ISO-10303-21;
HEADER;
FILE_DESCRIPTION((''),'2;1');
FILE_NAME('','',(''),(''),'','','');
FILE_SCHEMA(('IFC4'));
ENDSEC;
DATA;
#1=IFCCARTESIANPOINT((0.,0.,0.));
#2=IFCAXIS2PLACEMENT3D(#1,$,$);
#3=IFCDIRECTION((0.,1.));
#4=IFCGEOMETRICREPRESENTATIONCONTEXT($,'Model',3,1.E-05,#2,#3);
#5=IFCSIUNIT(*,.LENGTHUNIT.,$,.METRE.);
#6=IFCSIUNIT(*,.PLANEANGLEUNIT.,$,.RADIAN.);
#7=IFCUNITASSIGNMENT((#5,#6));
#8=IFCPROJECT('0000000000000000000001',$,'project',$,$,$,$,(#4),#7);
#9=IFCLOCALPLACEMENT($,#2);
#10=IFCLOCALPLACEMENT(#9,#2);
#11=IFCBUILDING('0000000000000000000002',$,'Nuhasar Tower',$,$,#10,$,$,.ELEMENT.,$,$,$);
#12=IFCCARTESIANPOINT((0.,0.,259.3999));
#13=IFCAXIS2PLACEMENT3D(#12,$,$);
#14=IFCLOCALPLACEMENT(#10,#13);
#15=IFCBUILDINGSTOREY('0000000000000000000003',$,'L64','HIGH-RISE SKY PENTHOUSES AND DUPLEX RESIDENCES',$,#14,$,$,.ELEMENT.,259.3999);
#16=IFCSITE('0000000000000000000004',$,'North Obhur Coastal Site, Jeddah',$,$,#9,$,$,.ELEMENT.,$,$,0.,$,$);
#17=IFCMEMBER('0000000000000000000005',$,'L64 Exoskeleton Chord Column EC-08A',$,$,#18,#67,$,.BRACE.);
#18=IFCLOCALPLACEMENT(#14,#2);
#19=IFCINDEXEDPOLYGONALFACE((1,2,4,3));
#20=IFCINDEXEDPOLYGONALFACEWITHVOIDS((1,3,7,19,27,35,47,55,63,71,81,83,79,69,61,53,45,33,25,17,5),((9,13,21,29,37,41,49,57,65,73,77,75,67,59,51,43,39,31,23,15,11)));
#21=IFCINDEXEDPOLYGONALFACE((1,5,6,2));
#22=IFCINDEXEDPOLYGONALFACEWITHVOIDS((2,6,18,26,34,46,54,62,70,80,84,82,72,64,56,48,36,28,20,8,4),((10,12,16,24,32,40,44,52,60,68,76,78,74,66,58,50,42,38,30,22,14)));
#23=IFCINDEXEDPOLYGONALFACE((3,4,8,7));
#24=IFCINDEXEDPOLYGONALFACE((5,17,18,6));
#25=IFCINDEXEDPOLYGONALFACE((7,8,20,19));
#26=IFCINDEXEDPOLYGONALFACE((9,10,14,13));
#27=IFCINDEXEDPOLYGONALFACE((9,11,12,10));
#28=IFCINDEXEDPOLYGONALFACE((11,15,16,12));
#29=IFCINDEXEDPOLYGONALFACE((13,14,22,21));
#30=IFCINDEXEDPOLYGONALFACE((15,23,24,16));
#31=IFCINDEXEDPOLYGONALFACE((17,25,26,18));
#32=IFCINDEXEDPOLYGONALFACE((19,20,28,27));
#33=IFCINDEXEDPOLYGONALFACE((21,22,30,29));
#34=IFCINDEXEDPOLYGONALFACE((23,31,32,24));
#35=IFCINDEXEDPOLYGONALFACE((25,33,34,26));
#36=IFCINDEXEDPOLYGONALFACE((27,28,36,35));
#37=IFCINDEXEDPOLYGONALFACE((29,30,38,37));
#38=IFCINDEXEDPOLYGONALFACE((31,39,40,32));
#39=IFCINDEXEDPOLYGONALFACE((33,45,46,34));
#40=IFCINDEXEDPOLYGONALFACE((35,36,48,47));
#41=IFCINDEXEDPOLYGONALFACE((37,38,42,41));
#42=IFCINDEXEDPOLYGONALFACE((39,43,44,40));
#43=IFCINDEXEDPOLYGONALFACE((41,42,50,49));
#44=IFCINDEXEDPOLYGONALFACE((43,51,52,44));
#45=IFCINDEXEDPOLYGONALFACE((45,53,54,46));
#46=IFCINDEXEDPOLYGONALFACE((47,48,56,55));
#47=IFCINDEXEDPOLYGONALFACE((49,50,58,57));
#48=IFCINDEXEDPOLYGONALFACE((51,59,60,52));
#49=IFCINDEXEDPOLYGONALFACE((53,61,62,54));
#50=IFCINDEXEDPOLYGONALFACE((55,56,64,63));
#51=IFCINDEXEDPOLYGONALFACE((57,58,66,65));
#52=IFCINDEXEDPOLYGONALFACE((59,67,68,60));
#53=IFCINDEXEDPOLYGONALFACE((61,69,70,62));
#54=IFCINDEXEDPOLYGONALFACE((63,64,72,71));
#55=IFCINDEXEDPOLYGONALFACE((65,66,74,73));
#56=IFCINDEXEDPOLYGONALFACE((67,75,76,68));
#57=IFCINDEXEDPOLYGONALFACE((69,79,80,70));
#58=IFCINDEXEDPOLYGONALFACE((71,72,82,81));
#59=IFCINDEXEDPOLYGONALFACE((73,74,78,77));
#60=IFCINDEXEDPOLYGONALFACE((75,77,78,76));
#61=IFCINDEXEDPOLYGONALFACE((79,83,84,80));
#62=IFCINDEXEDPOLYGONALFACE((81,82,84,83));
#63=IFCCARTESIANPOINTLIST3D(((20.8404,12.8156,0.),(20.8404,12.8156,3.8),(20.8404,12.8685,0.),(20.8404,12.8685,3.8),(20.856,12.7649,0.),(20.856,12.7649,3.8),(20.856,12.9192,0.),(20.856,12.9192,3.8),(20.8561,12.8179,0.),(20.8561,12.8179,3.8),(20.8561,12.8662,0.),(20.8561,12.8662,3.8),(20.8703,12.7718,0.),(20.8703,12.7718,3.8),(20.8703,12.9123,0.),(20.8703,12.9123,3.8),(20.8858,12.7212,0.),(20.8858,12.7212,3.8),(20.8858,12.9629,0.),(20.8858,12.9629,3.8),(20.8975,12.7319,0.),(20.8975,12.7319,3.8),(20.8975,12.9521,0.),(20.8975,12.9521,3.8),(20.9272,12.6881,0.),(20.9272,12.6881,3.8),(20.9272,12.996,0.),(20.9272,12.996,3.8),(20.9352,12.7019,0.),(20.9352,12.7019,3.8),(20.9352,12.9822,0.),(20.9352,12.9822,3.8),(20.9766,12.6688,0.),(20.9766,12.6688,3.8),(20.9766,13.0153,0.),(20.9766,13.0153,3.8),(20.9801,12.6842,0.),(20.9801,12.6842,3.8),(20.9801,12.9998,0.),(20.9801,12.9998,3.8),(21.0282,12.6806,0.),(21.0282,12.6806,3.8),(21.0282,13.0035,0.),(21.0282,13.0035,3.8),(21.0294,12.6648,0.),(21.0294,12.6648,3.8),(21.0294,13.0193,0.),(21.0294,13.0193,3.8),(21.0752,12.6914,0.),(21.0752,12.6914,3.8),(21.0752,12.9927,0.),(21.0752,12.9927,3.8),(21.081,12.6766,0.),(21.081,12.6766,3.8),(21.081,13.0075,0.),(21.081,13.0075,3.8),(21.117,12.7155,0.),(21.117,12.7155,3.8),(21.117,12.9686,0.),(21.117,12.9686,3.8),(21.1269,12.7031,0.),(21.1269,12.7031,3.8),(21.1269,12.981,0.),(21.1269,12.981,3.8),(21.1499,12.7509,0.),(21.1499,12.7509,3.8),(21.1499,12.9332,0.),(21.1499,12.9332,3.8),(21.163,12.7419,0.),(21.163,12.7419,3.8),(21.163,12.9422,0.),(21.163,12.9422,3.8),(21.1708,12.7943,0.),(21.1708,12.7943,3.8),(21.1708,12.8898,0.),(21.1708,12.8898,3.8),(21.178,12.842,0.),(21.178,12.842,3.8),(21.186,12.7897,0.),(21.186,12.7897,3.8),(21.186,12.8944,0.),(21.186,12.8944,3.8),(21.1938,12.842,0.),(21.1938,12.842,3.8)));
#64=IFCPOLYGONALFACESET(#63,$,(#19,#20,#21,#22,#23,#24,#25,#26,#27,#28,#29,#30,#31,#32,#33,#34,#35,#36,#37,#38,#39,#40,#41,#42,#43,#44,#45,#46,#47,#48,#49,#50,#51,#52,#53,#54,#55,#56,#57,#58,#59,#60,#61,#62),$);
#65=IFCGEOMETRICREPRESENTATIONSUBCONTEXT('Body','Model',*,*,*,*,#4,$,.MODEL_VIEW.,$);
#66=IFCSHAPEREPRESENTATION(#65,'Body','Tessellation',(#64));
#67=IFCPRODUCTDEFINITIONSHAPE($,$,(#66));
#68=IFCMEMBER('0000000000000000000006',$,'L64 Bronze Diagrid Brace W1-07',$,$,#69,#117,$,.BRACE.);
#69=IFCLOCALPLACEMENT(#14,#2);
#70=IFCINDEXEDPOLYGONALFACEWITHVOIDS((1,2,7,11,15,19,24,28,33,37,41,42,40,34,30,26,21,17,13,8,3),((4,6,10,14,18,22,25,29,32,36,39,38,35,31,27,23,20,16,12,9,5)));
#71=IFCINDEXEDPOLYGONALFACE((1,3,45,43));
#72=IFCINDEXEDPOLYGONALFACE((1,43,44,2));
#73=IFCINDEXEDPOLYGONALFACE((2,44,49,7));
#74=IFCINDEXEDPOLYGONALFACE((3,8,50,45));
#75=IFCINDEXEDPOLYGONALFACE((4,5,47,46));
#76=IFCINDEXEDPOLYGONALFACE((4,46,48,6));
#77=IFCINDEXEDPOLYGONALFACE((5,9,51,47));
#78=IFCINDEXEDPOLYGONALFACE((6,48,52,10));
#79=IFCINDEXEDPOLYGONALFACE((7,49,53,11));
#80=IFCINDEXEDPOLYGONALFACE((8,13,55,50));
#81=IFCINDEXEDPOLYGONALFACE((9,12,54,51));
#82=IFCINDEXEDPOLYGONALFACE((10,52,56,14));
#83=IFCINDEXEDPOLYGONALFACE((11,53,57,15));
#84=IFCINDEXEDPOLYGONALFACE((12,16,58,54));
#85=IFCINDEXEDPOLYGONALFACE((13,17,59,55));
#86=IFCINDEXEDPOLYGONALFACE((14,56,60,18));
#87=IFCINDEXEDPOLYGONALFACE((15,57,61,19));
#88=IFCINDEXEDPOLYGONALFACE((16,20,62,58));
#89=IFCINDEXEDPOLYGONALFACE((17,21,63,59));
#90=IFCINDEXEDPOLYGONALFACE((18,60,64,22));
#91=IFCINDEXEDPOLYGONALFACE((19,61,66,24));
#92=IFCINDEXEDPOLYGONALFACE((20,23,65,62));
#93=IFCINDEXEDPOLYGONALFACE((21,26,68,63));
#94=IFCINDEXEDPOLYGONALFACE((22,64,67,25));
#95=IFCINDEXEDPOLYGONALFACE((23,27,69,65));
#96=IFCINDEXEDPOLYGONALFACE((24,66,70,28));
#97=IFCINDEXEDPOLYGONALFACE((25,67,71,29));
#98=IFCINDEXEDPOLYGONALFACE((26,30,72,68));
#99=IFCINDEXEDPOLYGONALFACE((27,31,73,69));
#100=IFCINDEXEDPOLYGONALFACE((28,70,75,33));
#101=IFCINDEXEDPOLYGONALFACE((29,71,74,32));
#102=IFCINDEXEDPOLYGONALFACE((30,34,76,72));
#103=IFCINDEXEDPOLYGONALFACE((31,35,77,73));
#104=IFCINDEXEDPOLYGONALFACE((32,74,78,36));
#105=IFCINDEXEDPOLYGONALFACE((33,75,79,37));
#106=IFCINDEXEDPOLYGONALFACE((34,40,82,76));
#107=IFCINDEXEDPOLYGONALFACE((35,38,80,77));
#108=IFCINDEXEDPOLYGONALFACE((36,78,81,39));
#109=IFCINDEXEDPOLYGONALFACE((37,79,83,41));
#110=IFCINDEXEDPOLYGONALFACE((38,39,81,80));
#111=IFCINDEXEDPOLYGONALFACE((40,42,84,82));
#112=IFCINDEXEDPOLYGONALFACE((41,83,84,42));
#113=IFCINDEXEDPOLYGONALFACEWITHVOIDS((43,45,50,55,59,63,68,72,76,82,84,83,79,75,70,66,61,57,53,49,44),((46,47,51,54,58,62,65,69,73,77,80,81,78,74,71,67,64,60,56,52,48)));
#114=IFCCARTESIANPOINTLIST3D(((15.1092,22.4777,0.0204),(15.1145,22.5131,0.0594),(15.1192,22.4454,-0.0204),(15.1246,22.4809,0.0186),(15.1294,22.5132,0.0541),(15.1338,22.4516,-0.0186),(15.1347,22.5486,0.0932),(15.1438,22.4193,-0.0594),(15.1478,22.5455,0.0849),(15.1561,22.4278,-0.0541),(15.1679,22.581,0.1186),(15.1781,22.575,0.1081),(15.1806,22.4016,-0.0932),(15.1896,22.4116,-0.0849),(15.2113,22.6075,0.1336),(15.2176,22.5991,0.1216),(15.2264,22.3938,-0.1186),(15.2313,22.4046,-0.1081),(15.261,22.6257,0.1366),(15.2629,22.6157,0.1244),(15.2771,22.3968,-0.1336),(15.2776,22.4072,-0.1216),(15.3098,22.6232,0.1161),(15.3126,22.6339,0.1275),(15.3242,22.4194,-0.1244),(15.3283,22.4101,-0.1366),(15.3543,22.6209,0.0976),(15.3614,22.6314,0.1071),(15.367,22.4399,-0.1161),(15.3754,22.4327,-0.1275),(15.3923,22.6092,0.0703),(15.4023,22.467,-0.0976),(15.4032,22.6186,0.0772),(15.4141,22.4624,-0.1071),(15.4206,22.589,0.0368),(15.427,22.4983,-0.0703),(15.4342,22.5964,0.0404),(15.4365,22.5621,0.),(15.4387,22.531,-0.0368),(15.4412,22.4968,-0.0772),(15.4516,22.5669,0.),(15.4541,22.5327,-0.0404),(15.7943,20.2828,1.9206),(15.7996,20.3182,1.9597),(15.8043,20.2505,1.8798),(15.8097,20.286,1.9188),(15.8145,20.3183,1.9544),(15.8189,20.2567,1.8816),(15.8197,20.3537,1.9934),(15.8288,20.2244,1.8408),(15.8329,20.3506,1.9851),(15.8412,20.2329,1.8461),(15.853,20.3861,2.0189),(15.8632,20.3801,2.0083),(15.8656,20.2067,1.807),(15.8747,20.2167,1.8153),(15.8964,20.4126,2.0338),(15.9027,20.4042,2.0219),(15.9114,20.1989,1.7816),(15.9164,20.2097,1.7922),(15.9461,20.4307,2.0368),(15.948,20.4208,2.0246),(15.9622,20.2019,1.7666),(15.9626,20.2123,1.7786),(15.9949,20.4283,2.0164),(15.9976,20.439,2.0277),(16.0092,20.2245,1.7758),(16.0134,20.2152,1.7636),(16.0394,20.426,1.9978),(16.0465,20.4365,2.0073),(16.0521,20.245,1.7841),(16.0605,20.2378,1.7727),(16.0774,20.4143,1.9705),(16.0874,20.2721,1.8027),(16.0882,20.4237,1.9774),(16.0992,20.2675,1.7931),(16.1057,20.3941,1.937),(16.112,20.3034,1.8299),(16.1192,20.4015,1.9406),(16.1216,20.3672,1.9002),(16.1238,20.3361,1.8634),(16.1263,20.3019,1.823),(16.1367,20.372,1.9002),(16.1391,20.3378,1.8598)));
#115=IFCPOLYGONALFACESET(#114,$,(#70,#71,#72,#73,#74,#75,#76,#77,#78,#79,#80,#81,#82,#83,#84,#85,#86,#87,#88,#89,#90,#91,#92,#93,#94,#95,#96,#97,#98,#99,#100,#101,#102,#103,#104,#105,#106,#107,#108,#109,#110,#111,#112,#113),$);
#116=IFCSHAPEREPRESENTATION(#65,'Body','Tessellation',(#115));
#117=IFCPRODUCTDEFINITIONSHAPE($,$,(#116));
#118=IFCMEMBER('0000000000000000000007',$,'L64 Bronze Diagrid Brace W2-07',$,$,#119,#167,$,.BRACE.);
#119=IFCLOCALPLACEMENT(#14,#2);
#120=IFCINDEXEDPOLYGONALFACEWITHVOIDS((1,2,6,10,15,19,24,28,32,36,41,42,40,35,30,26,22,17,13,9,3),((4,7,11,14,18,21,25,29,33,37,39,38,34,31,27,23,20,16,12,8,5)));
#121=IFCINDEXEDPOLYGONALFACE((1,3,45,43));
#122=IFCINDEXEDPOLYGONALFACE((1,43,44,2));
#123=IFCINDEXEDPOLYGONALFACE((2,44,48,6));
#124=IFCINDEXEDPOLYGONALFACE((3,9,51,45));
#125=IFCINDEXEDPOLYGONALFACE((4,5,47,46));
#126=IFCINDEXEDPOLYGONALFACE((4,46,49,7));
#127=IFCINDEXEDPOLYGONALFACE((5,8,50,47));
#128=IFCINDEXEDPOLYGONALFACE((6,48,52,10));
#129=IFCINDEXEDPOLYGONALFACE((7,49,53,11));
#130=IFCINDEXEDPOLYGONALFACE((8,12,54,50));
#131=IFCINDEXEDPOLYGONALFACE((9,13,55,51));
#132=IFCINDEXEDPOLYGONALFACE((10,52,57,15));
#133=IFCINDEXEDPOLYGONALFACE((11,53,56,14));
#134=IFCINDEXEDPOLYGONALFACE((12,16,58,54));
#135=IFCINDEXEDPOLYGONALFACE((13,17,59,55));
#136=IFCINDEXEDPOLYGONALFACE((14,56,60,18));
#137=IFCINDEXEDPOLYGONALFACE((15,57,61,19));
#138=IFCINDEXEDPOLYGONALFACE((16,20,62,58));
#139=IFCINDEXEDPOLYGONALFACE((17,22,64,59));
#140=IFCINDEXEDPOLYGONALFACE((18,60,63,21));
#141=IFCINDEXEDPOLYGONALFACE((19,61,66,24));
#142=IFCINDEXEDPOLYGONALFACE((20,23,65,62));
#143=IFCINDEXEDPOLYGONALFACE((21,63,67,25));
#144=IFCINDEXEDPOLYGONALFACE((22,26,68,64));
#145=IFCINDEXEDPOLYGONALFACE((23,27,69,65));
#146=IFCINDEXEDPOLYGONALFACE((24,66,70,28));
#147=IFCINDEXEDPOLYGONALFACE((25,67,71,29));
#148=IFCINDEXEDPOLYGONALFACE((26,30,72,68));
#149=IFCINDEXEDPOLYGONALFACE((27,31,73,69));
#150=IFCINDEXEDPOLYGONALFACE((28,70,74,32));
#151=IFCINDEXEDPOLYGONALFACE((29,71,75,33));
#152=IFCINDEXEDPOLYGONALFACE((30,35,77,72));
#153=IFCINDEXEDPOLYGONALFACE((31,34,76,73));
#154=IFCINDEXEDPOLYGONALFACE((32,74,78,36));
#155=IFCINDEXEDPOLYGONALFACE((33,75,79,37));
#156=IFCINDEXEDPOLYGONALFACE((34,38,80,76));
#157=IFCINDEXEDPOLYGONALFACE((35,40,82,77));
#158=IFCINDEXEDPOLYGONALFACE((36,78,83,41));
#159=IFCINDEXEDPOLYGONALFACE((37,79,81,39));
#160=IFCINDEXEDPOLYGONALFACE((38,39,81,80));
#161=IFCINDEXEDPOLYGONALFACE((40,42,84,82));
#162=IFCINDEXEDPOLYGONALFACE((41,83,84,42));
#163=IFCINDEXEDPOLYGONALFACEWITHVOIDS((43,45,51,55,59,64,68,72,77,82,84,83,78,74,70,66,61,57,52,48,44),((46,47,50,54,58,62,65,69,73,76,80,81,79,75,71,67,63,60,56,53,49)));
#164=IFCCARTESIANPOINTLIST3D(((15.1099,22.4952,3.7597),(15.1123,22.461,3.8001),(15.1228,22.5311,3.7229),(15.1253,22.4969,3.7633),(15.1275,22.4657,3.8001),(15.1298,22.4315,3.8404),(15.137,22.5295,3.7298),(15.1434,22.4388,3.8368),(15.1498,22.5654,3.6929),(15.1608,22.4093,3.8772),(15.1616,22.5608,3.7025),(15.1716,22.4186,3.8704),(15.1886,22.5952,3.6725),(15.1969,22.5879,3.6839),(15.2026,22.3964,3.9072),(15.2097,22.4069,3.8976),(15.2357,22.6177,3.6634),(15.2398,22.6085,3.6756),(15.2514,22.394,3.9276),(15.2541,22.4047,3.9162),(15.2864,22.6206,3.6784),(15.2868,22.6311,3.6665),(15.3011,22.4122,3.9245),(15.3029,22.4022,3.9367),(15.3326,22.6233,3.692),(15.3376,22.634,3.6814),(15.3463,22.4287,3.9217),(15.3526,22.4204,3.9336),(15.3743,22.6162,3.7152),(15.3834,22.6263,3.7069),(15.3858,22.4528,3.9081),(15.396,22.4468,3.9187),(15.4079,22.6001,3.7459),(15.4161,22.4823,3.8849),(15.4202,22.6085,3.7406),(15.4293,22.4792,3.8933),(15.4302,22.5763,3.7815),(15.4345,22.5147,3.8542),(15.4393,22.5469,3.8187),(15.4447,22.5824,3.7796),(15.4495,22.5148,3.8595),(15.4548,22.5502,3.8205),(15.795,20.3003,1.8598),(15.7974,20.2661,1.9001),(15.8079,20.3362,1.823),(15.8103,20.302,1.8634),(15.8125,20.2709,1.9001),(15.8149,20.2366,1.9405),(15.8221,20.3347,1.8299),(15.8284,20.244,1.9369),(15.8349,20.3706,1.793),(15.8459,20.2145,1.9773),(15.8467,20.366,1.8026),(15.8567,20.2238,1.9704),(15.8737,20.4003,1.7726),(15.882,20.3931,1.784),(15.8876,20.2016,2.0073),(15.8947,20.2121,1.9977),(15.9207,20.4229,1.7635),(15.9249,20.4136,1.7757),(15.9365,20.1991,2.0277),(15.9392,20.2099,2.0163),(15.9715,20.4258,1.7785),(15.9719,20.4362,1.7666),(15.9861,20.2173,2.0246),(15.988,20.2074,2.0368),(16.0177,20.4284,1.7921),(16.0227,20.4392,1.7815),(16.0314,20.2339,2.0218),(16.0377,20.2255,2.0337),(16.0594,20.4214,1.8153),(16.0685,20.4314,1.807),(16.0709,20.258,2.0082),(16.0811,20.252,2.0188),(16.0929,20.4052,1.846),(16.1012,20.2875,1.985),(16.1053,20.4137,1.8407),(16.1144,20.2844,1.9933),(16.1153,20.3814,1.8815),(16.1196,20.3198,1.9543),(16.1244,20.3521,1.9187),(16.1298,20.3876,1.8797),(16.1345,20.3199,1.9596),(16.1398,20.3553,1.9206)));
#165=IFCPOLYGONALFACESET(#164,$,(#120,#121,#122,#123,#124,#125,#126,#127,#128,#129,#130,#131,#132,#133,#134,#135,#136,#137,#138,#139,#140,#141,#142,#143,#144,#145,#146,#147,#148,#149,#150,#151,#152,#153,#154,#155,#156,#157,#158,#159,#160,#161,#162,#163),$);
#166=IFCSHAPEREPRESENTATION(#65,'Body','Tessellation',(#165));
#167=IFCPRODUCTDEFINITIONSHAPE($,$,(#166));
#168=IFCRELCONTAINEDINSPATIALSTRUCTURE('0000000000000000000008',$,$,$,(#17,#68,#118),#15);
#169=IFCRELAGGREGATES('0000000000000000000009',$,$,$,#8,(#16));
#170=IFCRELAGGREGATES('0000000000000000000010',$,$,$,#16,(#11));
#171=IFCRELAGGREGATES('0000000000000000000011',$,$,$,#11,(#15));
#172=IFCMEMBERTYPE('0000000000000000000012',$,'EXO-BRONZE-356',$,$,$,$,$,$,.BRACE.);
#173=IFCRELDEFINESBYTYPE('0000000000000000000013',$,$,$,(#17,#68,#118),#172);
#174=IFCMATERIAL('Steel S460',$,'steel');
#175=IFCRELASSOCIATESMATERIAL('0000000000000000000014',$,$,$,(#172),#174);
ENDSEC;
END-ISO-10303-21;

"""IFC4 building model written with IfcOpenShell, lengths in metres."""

from ifc_helpers import new_model, si_unit, direction, frame, origin, origin_2d, place, context, subcontext, project, spatial, hollow_circle, extrude, material, material_profile, profile_set, type_object, element, save


model = new_model("IFC4")

# Units and contexts
model_context = context("Model", 3, precision=1e-05, world=origin(), true_north=direction((0.0, 1.0)))
body_context = subcontext(model_context, "Body", "Model", "MODEL_VIEW")
ifc_project = project(units=[si_unit("LENGTHUNIT", "METRE"), si_unit("PLANEANGLEUNIT", "RADIAN")], contexts=[model_context])

# Site, building, storey
site_placement = place(None, origin())
site = spatial("IfcSite", under=ifc_project, at=site_placement, Name="North Obhur Coastal Site, Jeddah", CompositionType="ELEMENT", RefElevation=0.0)
building_placement = place(site_placement, origin())
building = spatial("IfcBuilding", under=site, at=building_placement, Name="Nuhasar Tower", CompositionType="ELEMENT")
storey_placement = place(building_placement, frame((0.0, 0.0, 259.3999)))
storey = spatial("IfcBuildingStorey", under=building, at=storey_placement, Name="L64", Description="HIGH-RISE SKY PENTHOUSES AND DUPLEX RESIDENCES", CompositionType="ELEMENT", Elevation=259.3999)

# Members
ifc_material_1 = material(Name="Steel S460", Category="steel")
ifc_material_profile_1 = material_profile(ifc_material_1, hollow_circle(Radius=0.1777, WallThickness=0.0159, at=origin_2d()), Name="HSS355.6X15.9")
ifc_profile_set_1 = profile_set([ifc_material_profile_1], Name="Steel S460")
member_type_1 = type_object("IfcMemberType", Name="EXO-BRONZE-356", PredefinedType="BRACE", material=ifc_profile_set_1)
for number, where, z_axis, x_axis, name in (
    (1, (21.0161, 12.842, 0.0), (0.0, 0.0, 1.0), (1.0, 0.0, 0.0), "L64 Exoskeleton Chord Column EC-08A"),
):
    element("IfcMember", number, at=place(storey_placement, frame(where, z_axis=z_axis, x_axis=x_axis)), inside=storey, type_object=member_type_1, Name=name, PredefinedType="BRACE", context=body_context, shape_type="SweptSolid", body=[
        extrude(hollow_circle(Radius=0.1777, WallThickness=0.0159, at=origin_2d()), origin(), (0.0, 0.0, 1.0), 3.8),
    ])
member_1_placement = place(storey_placement, frame((15.282, 22.5139, 0.0), z_axis=(0.229669, -0.735826, 0.637034), x_axis=(0.954582, 0.297948, 0.0)))
element("IfcMember", 2, at=member_1_placement, inside=storey, type_object=member_type_1, Name="L64 Bronze Diagrid Brace W1-07", PredefinedType="BRACE", context=body_context, shape_type="SweptSolid", body=[
    extrude(hollow_circle(Radius=0.1777, WallThickness=0.0159, at=origin_2d()), origin(), (0.0, 0.0, 1.0), 2.9829),
])
member_2_placement = place(storey_placement, frame((15.967, 20.3191, 1.9001), z_axis=(-0.229681, 0.735864, 0.636985), x_axis=(-0.954582, -0.297948, 0.0)))
element("IfcMember", 3, at=member_2_placement, inside=storey, type_object=member_type_1, Name="L64 Bronze Diagrid Brace W2-07", PredefinedType="BRACE", context=body_context, shape_type="SweptSolid", body=[
    extrude(hollow_circle(Radius=0.1777, WallThickness=0.0159, at=origin_2d()), origin(), (0.0, 0.0, 1.0), 2.9827),
])

save(model, "model.ifc")
